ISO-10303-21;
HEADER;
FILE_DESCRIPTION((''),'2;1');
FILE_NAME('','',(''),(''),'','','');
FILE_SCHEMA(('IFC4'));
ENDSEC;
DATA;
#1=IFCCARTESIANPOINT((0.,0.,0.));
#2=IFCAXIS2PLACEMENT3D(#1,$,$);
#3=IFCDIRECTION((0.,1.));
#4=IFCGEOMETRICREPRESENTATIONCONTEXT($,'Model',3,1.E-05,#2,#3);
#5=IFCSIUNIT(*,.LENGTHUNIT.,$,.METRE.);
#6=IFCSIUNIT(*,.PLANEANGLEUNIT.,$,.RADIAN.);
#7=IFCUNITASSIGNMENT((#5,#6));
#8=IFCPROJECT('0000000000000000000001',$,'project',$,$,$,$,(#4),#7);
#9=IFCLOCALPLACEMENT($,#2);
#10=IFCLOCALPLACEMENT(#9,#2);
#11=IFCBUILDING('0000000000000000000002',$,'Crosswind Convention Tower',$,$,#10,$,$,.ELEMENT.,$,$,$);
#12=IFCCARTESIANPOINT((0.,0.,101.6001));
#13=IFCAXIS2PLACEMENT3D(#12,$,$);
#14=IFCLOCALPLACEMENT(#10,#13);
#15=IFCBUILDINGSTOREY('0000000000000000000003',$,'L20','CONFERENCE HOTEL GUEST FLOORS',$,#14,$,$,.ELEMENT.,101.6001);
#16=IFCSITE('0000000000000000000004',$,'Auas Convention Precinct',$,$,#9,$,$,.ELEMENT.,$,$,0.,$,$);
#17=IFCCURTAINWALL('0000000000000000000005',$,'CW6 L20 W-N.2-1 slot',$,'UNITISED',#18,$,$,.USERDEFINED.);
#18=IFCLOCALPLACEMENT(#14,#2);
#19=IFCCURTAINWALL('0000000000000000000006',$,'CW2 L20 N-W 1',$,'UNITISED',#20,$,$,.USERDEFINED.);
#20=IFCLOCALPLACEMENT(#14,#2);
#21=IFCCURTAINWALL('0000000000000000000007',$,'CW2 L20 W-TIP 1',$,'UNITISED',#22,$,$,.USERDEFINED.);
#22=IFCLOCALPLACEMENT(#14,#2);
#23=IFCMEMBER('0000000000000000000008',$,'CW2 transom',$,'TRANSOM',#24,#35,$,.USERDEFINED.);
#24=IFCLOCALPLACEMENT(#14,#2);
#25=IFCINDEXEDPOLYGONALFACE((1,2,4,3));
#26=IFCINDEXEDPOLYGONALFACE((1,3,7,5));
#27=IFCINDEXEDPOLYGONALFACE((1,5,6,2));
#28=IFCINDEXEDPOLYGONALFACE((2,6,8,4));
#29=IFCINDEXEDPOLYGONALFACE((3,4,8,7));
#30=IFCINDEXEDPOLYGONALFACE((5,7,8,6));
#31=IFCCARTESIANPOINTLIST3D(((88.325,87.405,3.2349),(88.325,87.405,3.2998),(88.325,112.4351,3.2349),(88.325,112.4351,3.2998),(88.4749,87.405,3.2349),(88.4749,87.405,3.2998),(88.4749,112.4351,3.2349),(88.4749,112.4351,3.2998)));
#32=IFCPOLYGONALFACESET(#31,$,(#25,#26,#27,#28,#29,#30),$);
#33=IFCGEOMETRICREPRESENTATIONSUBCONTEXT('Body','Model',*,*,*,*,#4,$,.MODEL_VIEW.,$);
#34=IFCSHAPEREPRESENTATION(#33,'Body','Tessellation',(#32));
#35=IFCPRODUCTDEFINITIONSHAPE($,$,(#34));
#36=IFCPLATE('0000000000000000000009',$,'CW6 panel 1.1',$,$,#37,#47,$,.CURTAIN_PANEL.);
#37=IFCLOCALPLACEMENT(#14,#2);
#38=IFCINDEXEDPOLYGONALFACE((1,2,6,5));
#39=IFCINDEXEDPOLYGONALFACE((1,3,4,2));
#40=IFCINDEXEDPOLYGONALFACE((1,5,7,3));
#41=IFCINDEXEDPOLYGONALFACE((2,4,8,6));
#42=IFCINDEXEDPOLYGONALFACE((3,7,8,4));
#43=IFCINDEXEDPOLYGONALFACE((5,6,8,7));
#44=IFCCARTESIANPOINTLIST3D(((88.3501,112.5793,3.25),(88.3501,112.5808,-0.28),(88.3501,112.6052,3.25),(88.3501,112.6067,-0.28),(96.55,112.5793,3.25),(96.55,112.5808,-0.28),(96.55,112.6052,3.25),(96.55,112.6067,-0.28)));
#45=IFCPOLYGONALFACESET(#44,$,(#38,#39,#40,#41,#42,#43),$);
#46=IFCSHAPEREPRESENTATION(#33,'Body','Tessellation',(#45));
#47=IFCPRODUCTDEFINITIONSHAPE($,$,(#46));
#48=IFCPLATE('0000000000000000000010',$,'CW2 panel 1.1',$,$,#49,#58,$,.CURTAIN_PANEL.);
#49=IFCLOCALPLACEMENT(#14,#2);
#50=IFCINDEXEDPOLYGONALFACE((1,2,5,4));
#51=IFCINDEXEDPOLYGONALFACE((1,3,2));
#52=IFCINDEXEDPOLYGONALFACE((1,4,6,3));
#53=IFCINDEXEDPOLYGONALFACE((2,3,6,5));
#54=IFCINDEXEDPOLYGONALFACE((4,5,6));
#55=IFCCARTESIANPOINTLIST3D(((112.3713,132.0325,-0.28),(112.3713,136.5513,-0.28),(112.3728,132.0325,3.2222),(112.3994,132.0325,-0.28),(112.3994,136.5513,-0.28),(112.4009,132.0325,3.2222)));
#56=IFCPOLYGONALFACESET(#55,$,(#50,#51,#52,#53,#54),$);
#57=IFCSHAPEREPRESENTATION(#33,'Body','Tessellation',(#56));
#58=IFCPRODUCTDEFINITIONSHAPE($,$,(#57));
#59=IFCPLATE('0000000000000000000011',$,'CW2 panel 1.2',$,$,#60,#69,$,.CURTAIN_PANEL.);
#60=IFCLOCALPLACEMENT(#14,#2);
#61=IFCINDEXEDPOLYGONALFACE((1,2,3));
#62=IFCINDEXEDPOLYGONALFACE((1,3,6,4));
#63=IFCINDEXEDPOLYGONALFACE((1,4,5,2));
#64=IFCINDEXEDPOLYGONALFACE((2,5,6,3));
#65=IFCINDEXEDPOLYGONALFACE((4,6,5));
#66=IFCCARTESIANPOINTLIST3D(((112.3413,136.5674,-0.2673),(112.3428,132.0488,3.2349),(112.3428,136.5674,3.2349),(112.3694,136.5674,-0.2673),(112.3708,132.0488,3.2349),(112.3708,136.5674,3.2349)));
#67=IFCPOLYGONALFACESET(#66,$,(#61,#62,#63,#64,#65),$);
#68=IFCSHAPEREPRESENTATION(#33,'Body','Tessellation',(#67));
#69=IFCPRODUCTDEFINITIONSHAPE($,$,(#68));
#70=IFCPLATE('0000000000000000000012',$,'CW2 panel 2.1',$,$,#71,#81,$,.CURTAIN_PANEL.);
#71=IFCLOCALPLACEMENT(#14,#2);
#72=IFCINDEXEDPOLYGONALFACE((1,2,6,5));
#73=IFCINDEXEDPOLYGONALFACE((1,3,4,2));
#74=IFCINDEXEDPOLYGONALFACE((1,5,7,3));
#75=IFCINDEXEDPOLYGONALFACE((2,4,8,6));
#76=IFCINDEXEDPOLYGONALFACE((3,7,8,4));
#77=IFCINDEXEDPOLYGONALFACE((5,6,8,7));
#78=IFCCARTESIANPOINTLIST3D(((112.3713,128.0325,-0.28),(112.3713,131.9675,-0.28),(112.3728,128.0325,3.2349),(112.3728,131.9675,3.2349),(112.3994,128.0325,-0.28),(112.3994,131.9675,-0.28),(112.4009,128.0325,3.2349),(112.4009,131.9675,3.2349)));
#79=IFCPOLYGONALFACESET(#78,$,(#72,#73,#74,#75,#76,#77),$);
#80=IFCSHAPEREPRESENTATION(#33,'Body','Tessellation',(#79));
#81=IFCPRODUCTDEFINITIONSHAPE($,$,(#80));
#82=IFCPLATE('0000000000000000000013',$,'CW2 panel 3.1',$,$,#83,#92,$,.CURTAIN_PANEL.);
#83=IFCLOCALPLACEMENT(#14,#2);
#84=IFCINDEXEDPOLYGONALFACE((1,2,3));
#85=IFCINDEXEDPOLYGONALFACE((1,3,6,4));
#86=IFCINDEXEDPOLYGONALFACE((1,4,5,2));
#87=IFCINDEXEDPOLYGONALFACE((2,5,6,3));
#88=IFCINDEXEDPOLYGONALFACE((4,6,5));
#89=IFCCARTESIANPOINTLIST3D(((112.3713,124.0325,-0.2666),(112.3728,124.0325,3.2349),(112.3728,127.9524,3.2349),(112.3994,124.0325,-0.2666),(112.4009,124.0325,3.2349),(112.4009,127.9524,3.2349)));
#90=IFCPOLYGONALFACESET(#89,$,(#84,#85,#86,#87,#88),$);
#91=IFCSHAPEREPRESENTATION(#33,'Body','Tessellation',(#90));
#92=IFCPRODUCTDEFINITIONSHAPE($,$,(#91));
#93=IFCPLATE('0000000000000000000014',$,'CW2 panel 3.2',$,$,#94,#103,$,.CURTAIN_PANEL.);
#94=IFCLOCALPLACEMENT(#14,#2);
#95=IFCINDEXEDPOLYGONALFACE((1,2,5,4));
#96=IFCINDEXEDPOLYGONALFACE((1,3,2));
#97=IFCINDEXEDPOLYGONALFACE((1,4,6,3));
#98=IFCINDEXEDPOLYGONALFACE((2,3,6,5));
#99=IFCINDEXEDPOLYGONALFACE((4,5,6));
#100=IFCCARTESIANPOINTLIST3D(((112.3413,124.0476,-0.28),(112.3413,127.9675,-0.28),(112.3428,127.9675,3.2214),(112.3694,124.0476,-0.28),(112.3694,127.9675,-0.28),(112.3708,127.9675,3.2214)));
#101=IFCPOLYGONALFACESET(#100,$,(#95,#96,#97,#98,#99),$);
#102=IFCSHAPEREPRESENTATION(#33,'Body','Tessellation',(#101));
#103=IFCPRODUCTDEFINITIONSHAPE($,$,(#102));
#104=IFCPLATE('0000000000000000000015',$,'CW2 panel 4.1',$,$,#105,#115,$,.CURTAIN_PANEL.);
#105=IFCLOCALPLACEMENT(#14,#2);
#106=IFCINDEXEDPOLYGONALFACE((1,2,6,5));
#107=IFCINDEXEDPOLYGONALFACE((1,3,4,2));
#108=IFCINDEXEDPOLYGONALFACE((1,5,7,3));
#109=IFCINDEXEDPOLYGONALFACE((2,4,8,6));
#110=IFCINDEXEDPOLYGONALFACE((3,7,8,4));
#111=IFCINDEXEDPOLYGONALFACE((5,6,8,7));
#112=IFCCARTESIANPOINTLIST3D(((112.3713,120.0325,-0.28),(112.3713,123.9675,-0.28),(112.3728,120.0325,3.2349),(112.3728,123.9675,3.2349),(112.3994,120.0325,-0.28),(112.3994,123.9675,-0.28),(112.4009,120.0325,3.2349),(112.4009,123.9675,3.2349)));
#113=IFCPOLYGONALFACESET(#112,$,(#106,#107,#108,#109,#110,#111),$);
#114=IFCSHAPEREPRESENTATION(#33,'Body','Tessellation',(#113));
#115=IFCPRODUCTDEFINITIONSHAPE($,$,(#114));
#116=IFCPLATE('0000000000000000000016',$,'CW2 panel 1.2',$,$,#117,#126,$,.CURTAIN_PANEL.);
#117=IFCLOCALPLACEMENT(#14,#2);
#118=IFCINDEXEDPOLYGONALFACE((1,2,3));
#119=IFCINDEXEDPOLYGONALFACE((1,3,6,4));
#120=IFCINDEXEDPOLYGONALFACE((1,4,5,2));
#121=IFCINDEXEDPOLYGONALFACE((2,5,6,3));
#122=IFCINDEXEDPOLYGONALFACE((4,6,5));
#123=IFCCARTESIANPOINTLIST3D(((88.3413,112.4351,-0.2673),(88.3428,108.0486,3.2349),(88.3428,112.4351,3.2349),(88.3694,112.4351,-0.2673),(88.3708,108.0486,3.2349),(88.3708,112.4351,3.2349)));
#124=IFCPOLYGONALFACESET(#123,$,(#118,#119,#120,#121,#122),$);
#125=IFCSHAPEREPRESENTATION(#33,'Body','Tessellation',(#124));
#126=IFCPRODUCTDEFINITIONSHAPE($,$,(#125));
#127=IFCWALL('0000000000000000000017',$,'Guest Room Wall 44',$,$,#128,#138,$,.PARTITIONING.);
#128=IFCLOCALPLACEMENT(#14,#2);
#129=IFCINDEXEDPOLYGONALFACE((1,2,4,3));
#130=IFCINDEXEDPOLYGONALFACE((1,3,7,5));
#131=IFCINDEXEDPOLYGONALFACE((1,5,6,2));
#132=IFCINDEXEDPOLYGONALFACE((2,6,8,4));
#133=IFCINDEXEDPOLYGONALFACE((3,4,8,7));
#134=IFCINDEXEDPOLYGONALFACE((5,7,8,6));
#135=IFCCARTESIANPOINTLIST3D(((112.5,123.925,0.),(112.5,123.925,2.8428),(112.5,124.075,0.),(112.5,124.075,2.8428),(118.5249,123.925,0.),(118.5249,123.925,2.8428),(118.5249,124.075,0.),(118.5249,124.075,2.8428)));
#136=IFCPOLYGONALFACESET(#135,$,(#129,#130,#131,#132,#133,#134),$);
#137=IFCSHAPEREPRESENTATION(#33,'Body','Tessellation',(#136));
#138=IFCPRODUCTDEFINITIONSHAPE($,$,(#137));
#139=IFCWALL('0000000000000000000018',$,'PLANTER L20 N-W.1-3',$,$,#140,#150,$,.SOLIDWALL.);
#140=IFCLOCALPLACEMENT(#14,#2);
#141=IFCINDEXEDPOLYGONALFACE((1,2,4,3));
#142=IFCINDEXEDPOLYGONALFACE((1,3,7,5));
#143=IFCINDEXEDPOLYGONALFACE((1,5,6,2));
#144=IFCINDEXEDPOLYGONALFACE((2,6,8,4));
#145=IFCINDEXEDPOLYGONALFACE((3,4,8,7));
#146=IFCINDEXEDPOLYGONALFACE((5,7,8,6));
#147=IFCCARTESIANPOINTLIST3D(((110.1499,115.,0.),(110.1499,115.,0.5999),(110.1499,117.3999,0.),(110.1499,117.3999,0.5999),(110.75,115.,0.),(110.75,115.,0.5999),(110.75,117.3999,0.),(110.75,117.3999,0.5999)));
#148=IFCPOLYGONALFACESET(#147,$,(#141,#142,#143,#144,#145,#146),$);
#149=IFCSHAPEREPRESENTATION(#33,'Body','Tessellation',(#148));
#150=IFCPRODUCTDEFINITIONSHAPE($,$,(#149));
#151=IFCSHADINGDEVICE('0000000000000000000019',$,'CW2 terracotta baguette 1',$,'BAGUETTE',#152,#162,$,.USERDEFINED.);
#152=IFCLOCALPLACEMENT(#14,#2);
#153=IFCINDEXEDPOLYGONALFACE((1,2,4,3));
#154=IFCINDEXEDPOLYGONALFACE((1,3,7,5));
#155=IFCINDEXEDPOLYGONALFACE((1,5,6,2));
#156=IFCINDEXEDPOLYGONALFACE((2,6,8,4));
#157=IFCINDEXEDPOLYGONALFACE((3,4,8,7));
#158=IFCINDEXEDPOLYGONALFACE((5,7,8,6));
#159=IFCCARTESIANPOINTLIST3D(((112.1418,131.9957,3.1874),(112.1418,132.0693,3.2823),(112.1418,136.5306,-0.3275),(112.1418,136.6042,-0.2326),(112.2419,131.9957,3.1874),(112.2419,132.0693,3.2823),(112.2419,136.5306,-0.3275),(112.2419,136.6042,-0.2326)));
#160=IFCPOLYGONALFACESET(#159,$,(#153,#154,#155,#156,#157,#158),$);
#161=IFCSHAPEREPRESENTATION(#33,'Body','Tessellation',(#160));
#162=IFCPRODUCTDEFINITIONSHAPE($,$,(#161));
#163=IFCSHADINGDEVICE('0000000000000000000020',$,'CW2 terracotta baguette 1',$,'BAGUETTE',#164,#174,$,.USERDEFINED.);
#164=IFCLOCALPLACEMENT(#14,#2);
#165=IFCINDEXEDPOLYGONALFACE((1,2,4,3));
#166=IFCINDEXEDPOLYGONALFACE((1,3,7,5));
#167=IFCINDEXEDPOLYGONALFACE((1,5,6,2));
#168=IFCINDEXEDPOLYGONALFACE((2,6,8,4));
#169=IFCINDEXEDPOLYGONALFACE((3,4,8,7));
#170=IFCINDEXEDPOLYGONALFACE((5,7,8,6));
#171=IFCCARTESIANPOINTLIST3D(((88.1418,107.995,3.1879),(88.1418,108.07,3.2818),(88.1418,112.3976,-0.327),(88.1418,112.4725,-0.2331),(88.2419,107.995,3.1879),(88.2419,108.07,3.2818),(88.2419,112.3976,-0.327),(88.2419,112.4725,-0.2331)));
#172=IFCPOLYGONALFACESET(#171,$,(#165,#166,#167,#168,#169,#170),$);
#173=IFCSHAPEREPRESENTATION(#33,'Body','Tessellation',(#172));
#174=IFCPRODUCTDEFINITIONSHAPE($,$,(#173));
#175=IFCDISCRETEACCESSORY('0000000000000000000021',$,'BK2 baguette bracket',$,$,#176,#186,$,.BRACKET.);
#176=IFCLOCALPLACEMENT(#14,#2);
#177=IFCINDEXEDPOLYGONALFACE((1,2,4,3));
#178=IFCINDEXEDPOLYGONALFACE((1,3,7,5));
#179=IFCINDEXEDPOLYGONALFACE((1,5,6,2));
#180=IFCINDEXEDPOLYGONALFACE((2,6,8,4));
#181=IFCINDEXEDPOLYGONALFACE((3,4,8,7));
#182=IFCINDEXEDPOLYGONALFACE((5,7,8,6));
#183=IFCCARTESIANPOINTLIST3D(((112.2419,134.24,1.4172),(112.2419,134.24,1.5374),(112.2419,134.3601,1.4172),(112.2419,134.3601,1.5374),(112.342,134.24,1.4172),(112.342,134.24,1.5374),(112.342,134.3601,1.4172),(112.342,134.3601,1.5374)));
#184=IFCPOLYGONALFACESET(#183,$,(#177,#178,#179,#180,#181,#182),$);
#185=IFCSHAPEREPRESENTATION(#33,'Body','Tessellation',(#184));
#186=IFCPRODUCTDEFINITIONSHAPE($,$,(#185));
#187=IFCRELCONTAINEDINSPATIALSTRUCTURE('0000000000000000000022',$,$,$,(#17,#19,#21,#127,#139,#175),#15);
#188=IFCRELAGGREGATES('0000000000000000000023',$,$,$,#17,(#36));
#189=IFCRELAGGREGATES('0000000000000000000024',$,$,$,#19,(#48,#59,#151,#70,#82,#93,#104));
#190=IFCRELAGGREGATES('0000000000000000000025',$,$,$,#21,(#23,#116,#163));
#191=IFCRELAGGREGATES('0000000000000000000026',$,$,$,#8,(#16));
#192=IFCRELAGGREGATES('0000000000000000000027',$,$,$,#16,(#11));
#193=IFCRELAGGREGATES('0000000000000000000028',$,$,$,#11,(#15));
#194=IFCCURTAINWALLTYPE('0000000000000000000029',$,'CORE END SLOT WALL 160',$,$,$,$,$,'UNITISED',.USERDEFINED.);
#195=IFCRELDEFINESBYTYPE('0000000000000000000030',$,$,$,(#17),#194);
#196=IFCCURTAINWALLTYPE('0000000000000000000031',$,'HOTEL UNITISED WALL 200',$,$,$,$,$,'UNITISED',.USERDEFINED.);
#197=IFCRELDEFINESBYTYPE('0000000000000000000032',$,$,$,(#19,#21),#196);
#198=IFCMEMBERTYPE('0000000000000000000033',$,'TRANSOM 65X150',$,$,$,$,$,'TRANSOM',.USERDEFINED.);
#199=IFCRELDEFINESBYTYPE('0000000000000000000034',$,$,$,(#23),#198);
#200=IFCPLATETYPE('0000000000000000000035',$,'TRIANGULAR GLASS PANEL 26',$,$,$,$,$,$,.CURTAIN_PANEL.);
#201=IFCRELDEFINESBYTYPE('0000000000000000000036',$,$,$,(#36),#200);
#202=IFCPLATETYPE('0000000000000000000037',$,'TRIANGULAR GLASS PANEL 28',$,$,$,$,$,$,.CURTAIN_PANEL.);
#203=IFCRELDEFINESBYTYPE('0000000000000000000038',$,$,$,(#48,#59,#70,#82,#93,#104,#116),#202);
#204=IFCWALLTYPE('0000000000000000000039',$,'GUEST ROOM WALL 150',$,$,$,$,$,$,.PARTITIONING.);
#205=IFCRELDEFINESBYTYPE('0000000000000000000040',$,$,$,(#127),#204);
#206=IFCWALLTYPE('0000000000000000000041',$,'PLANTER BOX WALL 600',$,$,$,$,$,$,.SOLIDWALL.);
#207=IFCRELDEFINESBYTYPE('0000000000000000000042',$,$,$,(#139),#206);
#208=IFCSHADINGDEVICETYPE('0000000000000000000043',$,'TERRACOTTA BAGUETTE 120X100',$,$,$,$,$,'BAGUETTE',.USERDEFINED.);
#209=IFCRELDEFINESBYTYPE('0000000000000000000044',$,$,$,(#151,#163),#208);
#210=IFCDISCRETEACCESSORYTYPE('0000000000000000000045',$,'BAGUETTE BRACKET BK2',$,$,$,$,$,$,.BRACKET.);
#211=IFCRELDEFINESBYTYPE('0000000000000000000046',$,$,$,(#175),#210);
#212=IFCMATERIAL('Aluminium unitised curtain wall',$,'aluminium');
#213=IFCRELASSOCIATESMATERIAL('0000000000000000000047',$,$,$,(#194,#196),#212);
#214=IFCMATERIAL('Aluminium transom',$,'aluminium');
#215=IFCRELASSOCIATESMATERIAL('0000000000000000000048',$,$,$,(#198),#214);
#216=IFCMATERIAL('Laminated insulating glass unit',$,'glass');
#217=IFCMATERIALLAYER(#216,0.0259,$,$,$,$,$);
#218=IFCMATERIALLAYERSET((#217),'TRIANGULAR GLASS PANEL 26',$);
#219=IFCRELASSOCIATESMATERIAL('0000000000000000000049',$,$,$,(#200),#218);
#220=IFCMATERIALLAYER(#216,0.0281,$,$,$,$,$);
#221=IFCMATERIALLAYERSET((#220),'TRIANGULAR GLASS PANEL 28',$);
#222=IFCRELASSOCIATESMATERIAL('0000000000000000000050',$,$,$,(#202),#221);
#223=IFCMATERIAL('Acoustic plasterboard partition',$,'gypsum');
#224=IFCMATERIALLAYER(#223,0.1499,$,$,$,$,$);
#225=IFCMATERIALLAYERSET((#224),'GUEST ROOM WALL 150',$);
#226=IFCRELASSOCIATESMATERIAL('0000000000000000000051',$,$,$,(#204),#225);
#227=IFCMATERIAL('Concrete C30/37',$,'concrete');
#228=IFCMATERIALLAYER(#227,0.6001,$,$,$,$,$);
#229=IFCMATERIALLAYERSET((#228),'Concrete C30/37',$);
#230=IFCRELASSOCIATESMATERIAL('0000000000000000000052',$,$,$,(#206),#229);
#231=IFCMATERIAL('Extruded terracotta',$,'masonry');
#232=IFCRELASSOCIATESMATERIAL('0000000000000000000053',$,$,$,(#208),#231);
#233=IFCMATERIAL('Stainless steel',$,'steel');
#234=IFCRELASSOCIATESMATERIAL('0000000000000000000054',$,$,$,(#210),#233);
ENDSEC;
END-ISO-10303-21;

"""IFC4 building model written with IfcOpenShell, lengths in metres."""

from ifc_helpers import new_model, si_unit, direction, frame, frame_2d, origin, origin_2d, place, context, subcontext, project, spatial, polyline, rectangle, outline, extrude, material, layer, layer_set, material_profile, profile_set, type_object, element, aggregate, save


model = new_model("IFC4")

# Units and contexts
model_context = context("Model", 3, precision=1e-05, world=origin(), true_north=direction((0.0, 1.0)))
body_context = subcontext(model_context, "Body", "Model", "MODEL_VIEW")
ifc_project = project(units=[si_unit("LENGTHUNIT", "METRE"), si_unit("PLANEANGLEUNIT", "RADIAN")], contexts=[model_context])

# Site, building, storey
site_placement = place(None, origin())
site = spatial("IfcSite", under=ifc_project, at=site_placement, Name="Auas Convention Precinct", CompositionType="ELEMENT", RefElevation=0.0)
building_placement = place(site_placement, origin())
building = spatial("IfcBuilding", under=site, at=building_placement, Name="Crosswind Convention Tower", CompositionType="ELEMENT")
storey_placement = place(building_placement, frame((0.0, 0.0, 101.6001)))
storey = spatial("IfcBuildingStorey", under=building, at=storey_placement, Name="L20", Description="CONFERENCE HOTEL GUEST FLOORS", CompositionType="ELEMENT", Elevation=101.6001)

# Curtain wall
ifc_material_1 = material(Name="Aluminium unitised curtain wall", Category="aluminium")
curtain_wall_type_1 = type_object("IfcCurtainWallType", Name="CORE END SLOT WALL 160", ElementType="UNITISED", PredefinedType="USERDEFINED", material=ifc_material_1)
curtain_wall_1_placement = place(storey_placement, origin())
curtain_wall_1 = element("IfcCurtainWall", 1, at=curtain_wall_1_placement, inside=storey, type_object=curtain_wall_type_1, Name="CW6 L20 W-N.2-1 slot", ObjectType="UNITISED", PredefinedType="USERDEFINED")

# Shared definitions
curtain_wall_type_2 = type_object("IfcCurtainWallType", Name="HOTEL UNITISED WALL 200", ElementType="UNITISED", PredefinedType="USERDEFINED", material=ifc_material_1)

# Curtain wall
curtain_wall_2_placement = place(storey_placement, origin())
curtain_wall_2 = element("IfcCurtainWall", 2, at=curtain_wall_2_placement, inside=storey, type_object=curtain_wall_type_2, Name="CW2 L20 N-W 1", ObjectType="UNITISED", PredefinedType="USERDEFINED")

# Curtain wall
curtain_wall_3_placement = place(storey_placement, origin())
curtain_wall_3 = element("IfcCurtainWall", 3, at=curtain_wall_3_placement, inside=storey, type_object=curtain_wall_type_2, Name="CW2 L20 W-TIP 1", ObjectType="UNITISED", PredefinedType="USERDEFINED")

# Member
ifc_material_2 = material(Name="Aluminium transom", Category="aluminium")
ifc_material_profile_1 = material_profile(ifc_material_2, rectangle(XDim=0.1499, YDim=0.0649, at=origin_2d()), Name="AL 150X65")
ifc_profile_set_1 = profile_set([ifc_material_profile_1], Name="Aluminium transom")
member_type_1 = type_object("IfcMemberType", Name="TRANSOM 65X150", ElementType="TRANSOM", PredefinedType="USERDEFINED", material=ifc_profile_set_1)
member_1_placement = place(storey_placement, frame((88.3999, 112.4351, 3.2673), z_axis=(0.0, -1.0, 0.0), x_axis=(1.0, 0.0, 0.0)))
member_1 = element("IfcMember", 4, at=member_1_placement, type_object=member_type_1, Name="CW2 transom", ObjectType="TRANSOM", PredefinedType="USERDEFINED", context=body_context, shape_type="SweptSolid", body=[
    extrude(rectangle(XDim=0.1499, YDim=0.0649, at=origin_2d()), origin(), (0.0, 0.0, 1.0), 25.03),
])

# Plates
ifc_material_3 = material(Name="Laminated insulating glass unit", Category="glass")
ifc_layer_1 = layer(ifc_material_3, 0.0259)
ifc_layer_set_1 = layer_set([ifc_layer_1], Name="TRIANGULAR GLASS PANEL 26")
plate_type_1 = type_object("IfcPlateType", Name="TRIANGULAR GLASS PANEL 26", PredefinedType="CURTAIN_PANEL", material=ifc_layer_set_1)
plate_1_placement = place(storey_placement, frame((96.55, 112.6067, -0.28), z_axis=(0.0, 1.0, 0.000415), x_axis=(-1.0, 0.0, 0.0)))
plate_1 = element("IfcPlate", 5, at=plate_1_placement, type_object=plate_type_1, Name="CW6 panel 1.1", PredefinedType="CURTAIN_PANEL", context=body_context, shape_type="SweptSolid", body=[
    extrude(outline(polyline([(0.0, 0.0), (8.2, 0.0), (8.2, 3.53), (0.0, 3.53), (0.0, 0.0)])), origin(), (0.0, 0.0, -1.0), 0.0259),
])
aggregate(curtain_wall_1, [plate_1])
ifc_layer_2 = layer(ifc_material_3, 0.0281)
ifc_layer_set_2 = layer_set([ifc_layer_2], Name="TRIANGULAR GLASS PANEL 28")
plate_type_2 = type_object("IfcPlateType", Name="TRIANGULAR GLASS PANEL 28", PredefinedType="CURTAIN_PANEL", material=ifc_layer_set_2)
plate_2_placement = place(storey_placement, frame((112.3713, 132.0325, -0.28), z_axis=(-1.0, 0.0, 0.000418), x_axis=(0.000418, 0.0, 1.0)))
plate_2 = element("IfcPlate", 6, at=plate_2_placement, type_object=plate_type_2, Name="CW2 panel 1.1", PredefinedType="CURTAIN_PANEL", context=body_context, shape_type="SweptSolid", body=[
    extrude(outline(polyline([(0.0, 0.0), (3.5022, 0.0), (0.0, 4.5188), (0.0, 0.0)])), origin(), (0.0, 0.0, -1.0), 0.0281),
])
plate_3_placement = place(storey_placement, frame((112.3428, 136.5674, 3.2349), z_axis=(-1.0, 0.0, 0.000418), x_axis=(-0.000418, 0.0, -1.0)))
plate_3 = element("IfcPlate", 7, at=plate_3_placement, type_object=plate_type_2, Name="CW2 panel 1.2", PredefinedType="CURTAIN_PANEL", context=body_context, shape_type="SweptSolid", body=[
    extrude(outline(polyline([(0.0, 0.0), (3.5022, 0.0), (0.0, 4.5186), (0.0, 0.0)])), origin(), (0.0, 0.0, -1.0), 0.0281),
])
plate_4_placement = place(storey_placement, frame((112.3713, 131.9675, -0.28), z_axis=(-1.0, 0.0, 0.000417), x_axis=(0.0, -1.0, 0.0)))
plate_4 = element("IfcPlate", 8, at=plate_4_placement, type_object=plate_type_2, Name="CW2 panel 2.1", PredefinedType="CURTAIN_PANEL", context=body_context, shape_type="SweptSolid", body=[
    extrude(outline(polyline([(0.0, 0.0), (3.9351, 0.0), (3.9351, 3.5149), (0.0, 3.5149), (0.0, 0.0)])), origin(), (0.0, 0.0, -1.0), 0.0281),
])
plate_5_placement = place(storey_placement, frame((112.3728, 124.0325, 3.2349), z_axis=(-1.0, 0.0, 0.000418), x_axis=(0.0, 1.0, 0.0)))
plate_5 = element("IfcPlate", 9, at=plate_5_placement, type_object=plate_type_2, Name="CW2 panel 3.1", PredefinedType="CURTAIN_PANEL", context=body_context, shape_type="SweptSolid", body=[
    extrude(outline(polyline([(0.0, 0.0), (3.9199, 0.0), (0.0, 3.5015), (0.0, 0.0)])), origin(), (0.0, 0.0, -1.0), 0.0281),
])
plate_6_placement = place(storey_placement, frame((112.3413, 127.9675, -0.28), z_axis=(-1.0, 0.0, 0.000418), x_axis=(0.0, -1.0, 0.0)))
plate_6 = element("IfcPlate", 10, at=plate_6_placement, type_object=plate_type_2, Name="CW2 panel 3.2", PredefinedType="CURTAIN_PANEL", context=body_context, shape_type="SweptSolid", body=[
    extrude(outline(polyline([(0.0, 0.0), (3.9199, 0.0), (0.0, 3.5015), (0.0, 0.0)])), origin(), (0.0, 0.0, -1.0), 0.0281),
])
plate_7_placement = place(storey_placement, frame((112.3713, 123.9675, -0.28), z_axis=(-1.0, 0.0, 0.000417), x_axis=(0.0, -1.0, 0.0)))
plate_7 = element("IfcPlate", 11, at=plate_7_placement, type_object=plate_type_2, Name="CW2 panel 4.1", PredefinedType="CURTAIN_PANEL", context=body_context, shape_type="SweptSolid", body=[
    extrude(outline(polyline([(0.0, 0.0), (3.9351, 0.0), (3.9351, 3.5149), (0.0, 3.5149), (0.0, 0.0)])), origin(), (0.0, 0.0, -1.0), 0.0281),
])
plate_8_placement = place(storey_placement, frame((88.3428, 112.4351, 3.2349), z_axis=(-1.0, 0.0, 0.000418), x_axis=(-0.000418, 0.0, -1.0)))
plate_8 = element("IfcPlate", 12, at=plate_8_placement, type_object=plate_type_2, Name="CW2 panel 1.2", PredefinedType="CURTAIN_PANEL", context=body_context, shape_type="SweptSolid", body=[
    extrude(outline(polyline([(0.0, 0.0), (3.5022, 0.0), (0.0, 4.3865), (0.0, 0.0)])), origin(), (0.0, 0.0, -1.0), 0.0281),
])

# Walls
ifc_material_4 = material(Name="Acoustic plasterboard partition", Category="gypsum")
ifc_layer_3 = layer(ifc_material_4, 0.1499)
ifc_layer_set_3 = layer_set([ifc_layer_3], Name="GUEST ROOM WALL 150")
wall_type_1 = type_object("IfcWallType", Name="GUEST ROOM WALL 150", PredefinedType="PARTITIONING", material=ifc_layer_set_3)
wall_1_placement = place(storey_placement, frame((112.5, 124.0, 0.0), z_axis=(0.0, 0.0, 1.0), x_axis=(1.0, 0.0, 0.0)))
element("IfcWall", 13, at=wall_1_placement, inside=storey, type_object=wall_type_1, Name="Guest Room Wall 44", PredefinedType="PARTITIONING", context=body_context, shape_type="SweptSolid", body=[
    extrude(rectangle(XDim=6.0249, YDim=0.1499, at=frame_2d((3.0125, 0.0))), origin(), (0.0, 0.0, 1.0), 2.8428),
])
ifc_material_5 = material(Name="Concrete C30/37", Category="concrete")
ifc_layer_4 = layer(ifc_material_5, 0.6001)
ifc_layer_set_4 = layer_set([ifc_layer_4], Name="Concrete C30/37")
wall_type_2 = type_object("IfcWallType", Name="PLANTER BOX WALL 600", PredefinedType="SOLIDWALL", material=ifc_layer_set_4)
wall_2_placement = place(storey_placement, frame((110.45, 117.3999, 0.0), z_axis=(0.0, 0.0, 1.0), x_axis=(0.0, -1.0, 0.0)))
element("IfcWall", 14, at=wall_2_placement, inside=storey, type_object=wall_type_2, Name="PLANTER L20 N-W.1-3", PredefinedType="SOLIDWALL", context=body_context, shape_type="SweptSolid", body=[
    extrude(rectangle(XDim=2.3999, YDim=0.6001, at=frame_2d((1.2, 0.0))), origin(), (0.0, 0.0, 1.0), 0.5999),
])

# Shading devices
ifc_material_6 = material(Name="Extruded terracotta", Category="masonry")
ifc_material_profile_2 = material_profile(ifc_material_6, rectangle(XDim=0.1001, YDim=0.1201, at=origin_2d()), Name="TC 100X120")
ifc_profile_set_2 = profile_set([ifc_material_profile_2], Name="Extruded terracotta")
shading_device_type = type_object("IfcShadingDeviceType", Name="TERRACOTTA BAGUETTE 120X100", ElementType="BAGUETTE", PredefinedType="USERDEFINED", material=ifc_profile_set_2)
shading_device_1_placement = place(storey_placement, frame((112.1919, 136.5674, -0.28), z_axis=(0.0, -0.790387, 0.612608), x_axis=(1.0, 0.0, 0.0)))
shading_device_1 = element("IfcShadingDevice", 15, at=shading_device_1_placement, type_object=shading_device_type, Name="CW2 terracotta baguette 1", ObjectType="BAGUETTE", PredefinedType="USERDEFINED", context=body_context, shape_type="SweptSolid", body=[
    extrude(rectangle(XDim=0.1001, YDim=0.1201, at=origin_2d()), origin(), (0.0, 0.0, 1.0), 5.7375),
])
aggregate(curtain_wall_2, [plate_2, plate_3, shading_device_1, plate_4, plate_5, plate_6, plate_7])
shading_device_2_placement = place(storey_placement, frame((88.1919, 112.4351, -0.28), z_axis=(0.0, -0.78149, 0.623918), x_axis=(1.0, 0.0, 0.0)))
shading_device_2 = element("IfcShadingDevice", 16, at=shading_device_2_placement, type_object=shading_device_type, Name="CW2 terracotta baguette 1", ObjectType="BAGUETTE", PredefinedType="USERDEFINED", context=body_context, shape_type="SweptSolid", body=[
    extrude(rectangle(XDim=0.1001, YDim=0.1201, at=origin_2d()), origin(), (0.0, 0.0, 1.0), 5.6335),
])
aggregate(curtain_wall_3, [member_1, plate_8, shading_device_2])

# Discrete accessory
ifc_material_7 = material(Name="Stainless steel", Category="steel")
discrete_accessory_type = type_object("IfcDiscreteAccessoryType", Name="BAGUETTE BRACKET BK2", PredefinedType="BRACKET", material=ifc_material_7)
discrete_accessory_placement = place(storey_placement, frame((112.292, 134.3, 1.4172), z_axis=(0.0, 0.0, 1.0), x_axis=(0.0, -1.0, 0.0)))
element("IfcDiscreteAccessory", 17, at=discrete_accessory_placement, inside=storey, type_object=discrete_accessory_type, Name="BK2 baguette bracket", PredefinedType="BRACKET", context=body_context, shape_type="SweptSolid", body=[
    extrude(rectangle(XDim=0.1201, YDim=0.1001, at=origin_2d()), origin(), (0.0, 0.0, 1.0), 0.1201),
])

save(model, "model.ifc")
